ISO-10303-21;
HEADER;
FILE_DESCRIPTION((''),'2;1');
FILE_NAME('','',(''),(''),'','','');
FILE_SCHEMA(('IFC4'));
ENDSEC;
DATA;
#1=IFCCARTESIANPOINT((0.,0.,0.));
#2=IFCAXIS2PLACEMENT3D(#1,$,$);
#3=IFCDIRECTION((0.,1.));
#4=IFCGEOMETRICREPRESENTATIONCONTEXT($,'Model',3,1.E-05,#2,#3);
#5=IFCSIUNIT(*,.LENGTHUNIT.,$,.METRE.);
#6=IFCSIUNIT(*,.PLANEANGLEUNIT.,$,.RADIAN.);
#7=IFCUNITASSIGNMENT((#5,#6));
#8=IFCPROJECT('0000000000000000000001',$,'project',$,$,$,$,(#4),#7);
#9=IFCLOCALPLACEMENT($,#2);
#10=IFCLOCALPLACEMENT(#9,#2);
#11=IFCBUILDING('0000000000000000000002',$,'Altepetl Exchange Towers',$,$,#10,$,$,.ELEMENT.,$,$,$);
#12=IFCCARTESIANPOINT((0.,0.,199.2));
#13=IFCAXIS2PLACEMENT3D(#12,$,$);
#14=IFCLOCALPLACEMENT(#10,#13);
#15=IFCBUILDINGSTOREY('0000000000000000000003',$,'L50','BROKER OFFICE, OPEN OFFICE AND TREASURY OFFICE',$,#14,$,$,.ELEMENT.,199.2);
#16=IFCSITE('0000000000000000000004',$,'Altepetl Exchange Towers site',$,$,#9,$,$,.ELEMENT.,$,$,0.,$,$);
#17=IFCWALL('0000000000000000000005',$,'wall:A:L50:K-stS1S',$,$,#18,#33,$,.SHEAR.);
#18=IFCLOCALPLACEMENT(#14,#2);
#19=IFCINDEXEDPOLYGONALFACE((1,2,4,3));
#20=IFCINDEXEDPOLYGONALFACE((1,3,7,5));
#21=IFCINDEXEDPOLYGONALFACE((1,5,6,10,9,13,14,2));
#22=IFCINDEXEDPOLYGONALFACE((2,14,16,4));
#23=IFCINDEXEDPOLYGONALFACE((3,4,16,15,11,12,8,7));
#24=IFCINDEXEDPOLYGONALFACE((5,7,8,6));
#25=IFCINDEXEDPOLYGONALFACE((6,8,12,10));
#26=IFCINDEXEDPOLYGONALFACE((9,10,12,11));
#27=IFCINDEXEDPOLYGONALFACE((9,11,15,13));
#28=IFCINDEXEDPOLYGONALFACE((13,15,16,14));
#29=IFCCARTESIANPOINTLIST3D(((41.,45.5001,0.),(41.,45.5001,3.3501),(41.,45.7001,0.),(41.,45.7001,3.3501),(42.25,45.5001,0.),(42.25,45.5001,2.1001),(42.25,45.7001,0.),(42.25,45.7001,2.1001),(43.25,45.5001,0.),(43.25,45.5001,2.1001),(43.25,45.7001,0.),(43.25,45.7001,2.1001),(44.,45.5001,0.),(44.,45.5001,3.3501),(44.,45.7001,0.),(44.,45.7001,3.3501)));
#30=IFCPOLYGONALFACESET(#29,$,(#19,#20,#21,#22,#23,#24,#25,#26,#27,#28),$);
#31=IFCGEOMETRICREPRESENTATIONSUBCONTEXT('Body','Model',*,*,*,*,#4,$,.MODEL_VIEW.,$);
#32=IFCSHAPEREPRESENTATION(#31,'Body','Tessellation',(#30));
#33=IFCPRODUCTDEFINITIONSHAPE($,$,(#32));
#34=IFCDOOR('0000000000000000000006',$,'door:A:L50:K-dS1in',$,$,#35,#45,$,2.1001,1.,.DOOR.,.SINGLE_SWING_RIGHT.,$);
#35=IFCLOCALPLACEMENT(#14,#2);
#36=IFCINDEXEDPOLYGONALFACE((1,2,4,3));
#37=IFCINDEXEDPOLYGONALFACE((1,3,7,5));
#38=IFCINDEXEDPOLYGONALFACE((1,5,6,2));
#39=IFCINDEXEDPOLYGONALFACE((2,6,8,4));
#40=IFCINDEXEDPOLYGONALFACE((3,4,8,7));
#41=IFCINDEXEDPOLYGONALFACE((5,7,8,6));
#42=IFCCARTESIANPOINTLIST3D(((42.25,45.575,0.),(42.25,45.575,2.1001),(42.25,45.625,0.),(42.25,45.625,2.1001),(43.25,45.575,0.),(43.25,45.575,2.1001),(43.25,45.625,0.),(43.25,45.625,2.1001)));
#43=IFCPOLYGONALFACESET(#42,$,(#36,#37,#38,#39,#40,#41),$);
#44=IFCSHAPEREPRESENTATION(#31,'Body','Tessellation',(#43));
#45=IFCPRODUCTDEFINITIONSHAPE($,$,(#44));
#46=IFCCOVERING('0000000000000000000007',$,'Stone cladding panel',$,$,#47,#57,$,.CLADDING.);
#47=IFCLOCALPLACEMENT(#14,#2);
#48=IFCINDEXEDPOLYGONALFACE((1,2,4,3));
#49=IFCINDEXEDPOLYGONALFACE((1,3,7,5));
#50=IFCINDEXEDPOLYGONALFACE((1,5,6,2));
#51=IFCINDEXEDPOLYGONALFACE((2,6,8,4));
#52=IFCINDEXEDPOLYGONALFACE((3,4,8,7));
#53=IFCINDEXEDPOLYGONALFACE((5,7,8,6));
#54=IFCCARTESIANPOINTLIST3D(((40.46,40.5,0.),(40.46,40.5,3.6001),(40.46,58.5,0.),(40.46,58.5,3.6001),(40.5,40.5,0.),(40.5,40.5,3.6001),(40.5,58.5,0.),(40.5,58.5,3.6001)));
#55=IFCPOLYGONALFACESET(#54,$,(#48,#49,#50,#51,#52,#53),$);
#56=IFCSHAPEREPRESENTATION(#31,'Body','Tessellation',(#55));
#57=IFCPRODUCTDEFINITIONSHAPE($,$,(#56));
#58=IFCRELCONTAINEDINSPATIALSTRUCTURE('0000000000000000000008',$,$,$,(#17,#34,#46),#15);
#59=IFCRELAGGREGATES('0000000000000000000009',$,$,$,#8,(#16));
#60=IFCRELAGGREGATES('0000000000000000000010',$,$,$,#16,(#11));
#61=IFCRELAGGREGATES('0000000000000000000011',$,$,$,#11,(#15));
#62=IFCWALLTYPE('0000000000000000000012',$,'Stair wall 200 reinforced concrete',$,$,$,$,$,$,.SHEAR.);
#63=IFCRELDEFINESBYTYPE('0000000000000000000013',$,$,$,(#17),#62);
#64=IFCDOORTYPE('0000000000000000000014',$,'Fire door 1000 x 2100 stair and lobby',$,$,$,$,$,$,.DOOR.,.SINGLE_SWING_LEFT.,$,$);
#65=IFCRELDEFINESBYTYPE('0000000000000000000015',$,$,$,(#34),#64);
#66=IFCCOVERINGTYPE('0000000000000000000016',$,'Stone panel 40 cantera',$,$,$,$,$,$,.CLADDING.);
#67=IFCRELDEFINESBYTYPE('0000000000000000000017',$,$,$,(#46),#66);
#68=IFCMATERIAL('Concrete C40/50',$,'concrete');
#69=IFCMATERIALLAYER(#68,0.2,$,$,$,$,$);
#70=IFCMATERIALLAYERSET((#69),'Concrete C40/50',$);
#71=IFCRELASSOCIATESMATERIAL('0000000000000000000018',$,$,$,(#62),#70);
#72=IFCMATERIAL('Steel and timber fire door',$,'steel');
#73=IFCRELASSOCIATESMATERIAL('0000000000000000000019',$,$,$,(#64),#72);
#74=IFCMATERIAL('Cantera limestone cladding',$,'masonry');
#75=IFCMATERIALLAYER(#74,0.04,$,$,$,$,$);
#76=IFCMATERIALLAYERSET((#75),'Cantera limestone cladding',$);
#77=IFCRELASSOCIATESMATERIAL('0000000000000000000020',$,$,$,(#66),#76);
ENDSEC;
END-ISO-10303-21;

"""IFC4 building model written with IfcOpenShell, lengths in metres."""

from ifc_helpers import new_model, si_unit, direction, frame, frame_2d, origin, origin_2d, place, context, subcontext, project, spatial, rectangle, extrude, material, layer, layer_set, type_object, element, fill, save


model = new_model("IFC4")

# Units and contexts
model_context = context("Model", 3, precision=1e-05, world=origin(), true_north=direction((0.0, 1.0)))
body_context = subcontext(model_context, "Body", "Model", "MODEL_VIEW")
ifc_project = project(units=[si_unit("LENGTHUNIT", "METRE"), si_unit("PLANEANGLEUNIT", "RADIAN")], contexts=[model_context])

# Site, building, storey
site_placement = place(None, origin())
site = spatial("IfcSite", under=ifc_project, at=site_placement, Name="Altepetl Exchange Towers site", CompositionType="ELEMENT", RefElevation=0.0)
building_placement = place(site_placement, origin())
building = spatial("IfcBuilding", under=site, at=building_placement, Name="Altepetl Exchange Towers", CompositionType="ELEMENT")
storey_placement = place(building_placement, frame((0.0, 0.0, 199.2)))
storey = spatial("IfcBuildingStorey", under=building, at=storey_placement, Name="L50", Description="BROKER OFFICE, OPEN OFFICE AND TREASURY OFFICE", CompositionType="ELEMENT", Elevation=199.2)

# Shared definitions
ifc_material_1 = material(Name="Concrete C40/50", Category="concrete")
ifc_material_2 = material(Name="Steel and timber fire door", Category="steel")

# Wall, opening, door
ifc_layer_1 = layer(ifc_material_1, 0.2)
ifc_layer_set_1 = layer_set([ifc_layer_1], Name="Concrete C40/50")
wall_type_1 = type_object("IfcWallType", Name="Stair wall 200 reinforced concrete", PredefinedType="SHEAR", material=ifc_layer_set_1)
wall_1_placement = place(storey_placement, frame((41.0, 45.6001, 0.0)))
wall_1 = element("IfcWall", 1, at=wall_1_placement, inside=storey, type_object=wall_type_1, Name="wall:A:L50:K-stS1S", PredefinedType="SHEAR", context=body_context, shape_type="SweptSolid", body=[
    extrude(rectangle(XDim=3.0, YDim=0.2, at=frame_2d((1.5, 0.0))), origin(), (0.0, 0.0, 1.0), 3.3501),
])
opening_1_placement = place(wall_1_placement, frame((1.25, 0.0, 0.0)))
opening_1 = element("IfcOpeningElement", 2, at=opening_1_placement, cuts=wall_1, PredefinedType="OPENING", context=body_context, shape_type="SweptSolid", body=[
    extrude(rectangle(XDim=1.0, YDim=2.1001, at=frame_2d((0.5, 1.05))), frame((0.0, 0.1099, 0.0), z_axis=(0.0, -1.0, 0.0), x_axis=(1.0, 0.0, 0.0)), (0.0, 0.0, 1.0), 0.22),
])
door_type_1 = type_object("IfcDoorType", Name="Fire door 1000 x 2100 stair and lobby", OperationType="SINGLE_SWING_LEFT", PredefinedType="DOOR", material=ifc_material_2)
door_1_placement = place(opening_1_placement, origin())
door_1 = element("IfcDoor", 3, at=door_1_placement, inside=storey, type_object=door_type_1, Name="door:A:L50:K-dS1in", OperationType="SINGLE_SWING_RIGHT", OverallHeight=2.1001, OverallWidth=1.0, PredefinedType="DOOR", context=body_context, shape_type="SweptSolid", body=[
    extrude(rectangle(XDim=1.0, YDim=2.1001, at=frame_2d((0.5, 1.05))), frame((0.0, 0.0249, 0.0), z_axis=(0.0, -1.0, 0.0), x_axis=(1.0, 0.0, 0.0)), (0.0, 0.0, 1.0), 0.05),
])
fill(opening_1, door_1)

# Covering
ifc_material_3 = material(Name="Cantera limestone cladding", Category="masonry")
ifc_layer_2 = layer(ifc_material_3, 0.04)
ifc_layer_set_2 = layer_set([ifc_layer_2], Name="Cantera limestone cladding")
covering_type = type_object("IfcCoveringType", Name="Stone panel 40 cantera", PredefinedType="CLADDING", material=ifc_layer_set_2)
covering_placement = place(storey_placement, frame((40.48, 49.5, 0.0), z_axis=(0.0, 0.0, 1.0), x_axis=(0.0, -1.0, 0.0)))
element("IfcCovering", 4, at=covering_placement, inside=storey, type_object=covering_type, Name="Stone cladding panel", PredefinedType="CLADDING", context=body_context, shape_type="SweptSolid", body=[
    extrude(rectangle(XDim=18.0, YDim=0.04, at=origin_2d()), origin(), (0.0, 0.0, 1.0), 3.6001),
])

save(model, "model.ifc")
